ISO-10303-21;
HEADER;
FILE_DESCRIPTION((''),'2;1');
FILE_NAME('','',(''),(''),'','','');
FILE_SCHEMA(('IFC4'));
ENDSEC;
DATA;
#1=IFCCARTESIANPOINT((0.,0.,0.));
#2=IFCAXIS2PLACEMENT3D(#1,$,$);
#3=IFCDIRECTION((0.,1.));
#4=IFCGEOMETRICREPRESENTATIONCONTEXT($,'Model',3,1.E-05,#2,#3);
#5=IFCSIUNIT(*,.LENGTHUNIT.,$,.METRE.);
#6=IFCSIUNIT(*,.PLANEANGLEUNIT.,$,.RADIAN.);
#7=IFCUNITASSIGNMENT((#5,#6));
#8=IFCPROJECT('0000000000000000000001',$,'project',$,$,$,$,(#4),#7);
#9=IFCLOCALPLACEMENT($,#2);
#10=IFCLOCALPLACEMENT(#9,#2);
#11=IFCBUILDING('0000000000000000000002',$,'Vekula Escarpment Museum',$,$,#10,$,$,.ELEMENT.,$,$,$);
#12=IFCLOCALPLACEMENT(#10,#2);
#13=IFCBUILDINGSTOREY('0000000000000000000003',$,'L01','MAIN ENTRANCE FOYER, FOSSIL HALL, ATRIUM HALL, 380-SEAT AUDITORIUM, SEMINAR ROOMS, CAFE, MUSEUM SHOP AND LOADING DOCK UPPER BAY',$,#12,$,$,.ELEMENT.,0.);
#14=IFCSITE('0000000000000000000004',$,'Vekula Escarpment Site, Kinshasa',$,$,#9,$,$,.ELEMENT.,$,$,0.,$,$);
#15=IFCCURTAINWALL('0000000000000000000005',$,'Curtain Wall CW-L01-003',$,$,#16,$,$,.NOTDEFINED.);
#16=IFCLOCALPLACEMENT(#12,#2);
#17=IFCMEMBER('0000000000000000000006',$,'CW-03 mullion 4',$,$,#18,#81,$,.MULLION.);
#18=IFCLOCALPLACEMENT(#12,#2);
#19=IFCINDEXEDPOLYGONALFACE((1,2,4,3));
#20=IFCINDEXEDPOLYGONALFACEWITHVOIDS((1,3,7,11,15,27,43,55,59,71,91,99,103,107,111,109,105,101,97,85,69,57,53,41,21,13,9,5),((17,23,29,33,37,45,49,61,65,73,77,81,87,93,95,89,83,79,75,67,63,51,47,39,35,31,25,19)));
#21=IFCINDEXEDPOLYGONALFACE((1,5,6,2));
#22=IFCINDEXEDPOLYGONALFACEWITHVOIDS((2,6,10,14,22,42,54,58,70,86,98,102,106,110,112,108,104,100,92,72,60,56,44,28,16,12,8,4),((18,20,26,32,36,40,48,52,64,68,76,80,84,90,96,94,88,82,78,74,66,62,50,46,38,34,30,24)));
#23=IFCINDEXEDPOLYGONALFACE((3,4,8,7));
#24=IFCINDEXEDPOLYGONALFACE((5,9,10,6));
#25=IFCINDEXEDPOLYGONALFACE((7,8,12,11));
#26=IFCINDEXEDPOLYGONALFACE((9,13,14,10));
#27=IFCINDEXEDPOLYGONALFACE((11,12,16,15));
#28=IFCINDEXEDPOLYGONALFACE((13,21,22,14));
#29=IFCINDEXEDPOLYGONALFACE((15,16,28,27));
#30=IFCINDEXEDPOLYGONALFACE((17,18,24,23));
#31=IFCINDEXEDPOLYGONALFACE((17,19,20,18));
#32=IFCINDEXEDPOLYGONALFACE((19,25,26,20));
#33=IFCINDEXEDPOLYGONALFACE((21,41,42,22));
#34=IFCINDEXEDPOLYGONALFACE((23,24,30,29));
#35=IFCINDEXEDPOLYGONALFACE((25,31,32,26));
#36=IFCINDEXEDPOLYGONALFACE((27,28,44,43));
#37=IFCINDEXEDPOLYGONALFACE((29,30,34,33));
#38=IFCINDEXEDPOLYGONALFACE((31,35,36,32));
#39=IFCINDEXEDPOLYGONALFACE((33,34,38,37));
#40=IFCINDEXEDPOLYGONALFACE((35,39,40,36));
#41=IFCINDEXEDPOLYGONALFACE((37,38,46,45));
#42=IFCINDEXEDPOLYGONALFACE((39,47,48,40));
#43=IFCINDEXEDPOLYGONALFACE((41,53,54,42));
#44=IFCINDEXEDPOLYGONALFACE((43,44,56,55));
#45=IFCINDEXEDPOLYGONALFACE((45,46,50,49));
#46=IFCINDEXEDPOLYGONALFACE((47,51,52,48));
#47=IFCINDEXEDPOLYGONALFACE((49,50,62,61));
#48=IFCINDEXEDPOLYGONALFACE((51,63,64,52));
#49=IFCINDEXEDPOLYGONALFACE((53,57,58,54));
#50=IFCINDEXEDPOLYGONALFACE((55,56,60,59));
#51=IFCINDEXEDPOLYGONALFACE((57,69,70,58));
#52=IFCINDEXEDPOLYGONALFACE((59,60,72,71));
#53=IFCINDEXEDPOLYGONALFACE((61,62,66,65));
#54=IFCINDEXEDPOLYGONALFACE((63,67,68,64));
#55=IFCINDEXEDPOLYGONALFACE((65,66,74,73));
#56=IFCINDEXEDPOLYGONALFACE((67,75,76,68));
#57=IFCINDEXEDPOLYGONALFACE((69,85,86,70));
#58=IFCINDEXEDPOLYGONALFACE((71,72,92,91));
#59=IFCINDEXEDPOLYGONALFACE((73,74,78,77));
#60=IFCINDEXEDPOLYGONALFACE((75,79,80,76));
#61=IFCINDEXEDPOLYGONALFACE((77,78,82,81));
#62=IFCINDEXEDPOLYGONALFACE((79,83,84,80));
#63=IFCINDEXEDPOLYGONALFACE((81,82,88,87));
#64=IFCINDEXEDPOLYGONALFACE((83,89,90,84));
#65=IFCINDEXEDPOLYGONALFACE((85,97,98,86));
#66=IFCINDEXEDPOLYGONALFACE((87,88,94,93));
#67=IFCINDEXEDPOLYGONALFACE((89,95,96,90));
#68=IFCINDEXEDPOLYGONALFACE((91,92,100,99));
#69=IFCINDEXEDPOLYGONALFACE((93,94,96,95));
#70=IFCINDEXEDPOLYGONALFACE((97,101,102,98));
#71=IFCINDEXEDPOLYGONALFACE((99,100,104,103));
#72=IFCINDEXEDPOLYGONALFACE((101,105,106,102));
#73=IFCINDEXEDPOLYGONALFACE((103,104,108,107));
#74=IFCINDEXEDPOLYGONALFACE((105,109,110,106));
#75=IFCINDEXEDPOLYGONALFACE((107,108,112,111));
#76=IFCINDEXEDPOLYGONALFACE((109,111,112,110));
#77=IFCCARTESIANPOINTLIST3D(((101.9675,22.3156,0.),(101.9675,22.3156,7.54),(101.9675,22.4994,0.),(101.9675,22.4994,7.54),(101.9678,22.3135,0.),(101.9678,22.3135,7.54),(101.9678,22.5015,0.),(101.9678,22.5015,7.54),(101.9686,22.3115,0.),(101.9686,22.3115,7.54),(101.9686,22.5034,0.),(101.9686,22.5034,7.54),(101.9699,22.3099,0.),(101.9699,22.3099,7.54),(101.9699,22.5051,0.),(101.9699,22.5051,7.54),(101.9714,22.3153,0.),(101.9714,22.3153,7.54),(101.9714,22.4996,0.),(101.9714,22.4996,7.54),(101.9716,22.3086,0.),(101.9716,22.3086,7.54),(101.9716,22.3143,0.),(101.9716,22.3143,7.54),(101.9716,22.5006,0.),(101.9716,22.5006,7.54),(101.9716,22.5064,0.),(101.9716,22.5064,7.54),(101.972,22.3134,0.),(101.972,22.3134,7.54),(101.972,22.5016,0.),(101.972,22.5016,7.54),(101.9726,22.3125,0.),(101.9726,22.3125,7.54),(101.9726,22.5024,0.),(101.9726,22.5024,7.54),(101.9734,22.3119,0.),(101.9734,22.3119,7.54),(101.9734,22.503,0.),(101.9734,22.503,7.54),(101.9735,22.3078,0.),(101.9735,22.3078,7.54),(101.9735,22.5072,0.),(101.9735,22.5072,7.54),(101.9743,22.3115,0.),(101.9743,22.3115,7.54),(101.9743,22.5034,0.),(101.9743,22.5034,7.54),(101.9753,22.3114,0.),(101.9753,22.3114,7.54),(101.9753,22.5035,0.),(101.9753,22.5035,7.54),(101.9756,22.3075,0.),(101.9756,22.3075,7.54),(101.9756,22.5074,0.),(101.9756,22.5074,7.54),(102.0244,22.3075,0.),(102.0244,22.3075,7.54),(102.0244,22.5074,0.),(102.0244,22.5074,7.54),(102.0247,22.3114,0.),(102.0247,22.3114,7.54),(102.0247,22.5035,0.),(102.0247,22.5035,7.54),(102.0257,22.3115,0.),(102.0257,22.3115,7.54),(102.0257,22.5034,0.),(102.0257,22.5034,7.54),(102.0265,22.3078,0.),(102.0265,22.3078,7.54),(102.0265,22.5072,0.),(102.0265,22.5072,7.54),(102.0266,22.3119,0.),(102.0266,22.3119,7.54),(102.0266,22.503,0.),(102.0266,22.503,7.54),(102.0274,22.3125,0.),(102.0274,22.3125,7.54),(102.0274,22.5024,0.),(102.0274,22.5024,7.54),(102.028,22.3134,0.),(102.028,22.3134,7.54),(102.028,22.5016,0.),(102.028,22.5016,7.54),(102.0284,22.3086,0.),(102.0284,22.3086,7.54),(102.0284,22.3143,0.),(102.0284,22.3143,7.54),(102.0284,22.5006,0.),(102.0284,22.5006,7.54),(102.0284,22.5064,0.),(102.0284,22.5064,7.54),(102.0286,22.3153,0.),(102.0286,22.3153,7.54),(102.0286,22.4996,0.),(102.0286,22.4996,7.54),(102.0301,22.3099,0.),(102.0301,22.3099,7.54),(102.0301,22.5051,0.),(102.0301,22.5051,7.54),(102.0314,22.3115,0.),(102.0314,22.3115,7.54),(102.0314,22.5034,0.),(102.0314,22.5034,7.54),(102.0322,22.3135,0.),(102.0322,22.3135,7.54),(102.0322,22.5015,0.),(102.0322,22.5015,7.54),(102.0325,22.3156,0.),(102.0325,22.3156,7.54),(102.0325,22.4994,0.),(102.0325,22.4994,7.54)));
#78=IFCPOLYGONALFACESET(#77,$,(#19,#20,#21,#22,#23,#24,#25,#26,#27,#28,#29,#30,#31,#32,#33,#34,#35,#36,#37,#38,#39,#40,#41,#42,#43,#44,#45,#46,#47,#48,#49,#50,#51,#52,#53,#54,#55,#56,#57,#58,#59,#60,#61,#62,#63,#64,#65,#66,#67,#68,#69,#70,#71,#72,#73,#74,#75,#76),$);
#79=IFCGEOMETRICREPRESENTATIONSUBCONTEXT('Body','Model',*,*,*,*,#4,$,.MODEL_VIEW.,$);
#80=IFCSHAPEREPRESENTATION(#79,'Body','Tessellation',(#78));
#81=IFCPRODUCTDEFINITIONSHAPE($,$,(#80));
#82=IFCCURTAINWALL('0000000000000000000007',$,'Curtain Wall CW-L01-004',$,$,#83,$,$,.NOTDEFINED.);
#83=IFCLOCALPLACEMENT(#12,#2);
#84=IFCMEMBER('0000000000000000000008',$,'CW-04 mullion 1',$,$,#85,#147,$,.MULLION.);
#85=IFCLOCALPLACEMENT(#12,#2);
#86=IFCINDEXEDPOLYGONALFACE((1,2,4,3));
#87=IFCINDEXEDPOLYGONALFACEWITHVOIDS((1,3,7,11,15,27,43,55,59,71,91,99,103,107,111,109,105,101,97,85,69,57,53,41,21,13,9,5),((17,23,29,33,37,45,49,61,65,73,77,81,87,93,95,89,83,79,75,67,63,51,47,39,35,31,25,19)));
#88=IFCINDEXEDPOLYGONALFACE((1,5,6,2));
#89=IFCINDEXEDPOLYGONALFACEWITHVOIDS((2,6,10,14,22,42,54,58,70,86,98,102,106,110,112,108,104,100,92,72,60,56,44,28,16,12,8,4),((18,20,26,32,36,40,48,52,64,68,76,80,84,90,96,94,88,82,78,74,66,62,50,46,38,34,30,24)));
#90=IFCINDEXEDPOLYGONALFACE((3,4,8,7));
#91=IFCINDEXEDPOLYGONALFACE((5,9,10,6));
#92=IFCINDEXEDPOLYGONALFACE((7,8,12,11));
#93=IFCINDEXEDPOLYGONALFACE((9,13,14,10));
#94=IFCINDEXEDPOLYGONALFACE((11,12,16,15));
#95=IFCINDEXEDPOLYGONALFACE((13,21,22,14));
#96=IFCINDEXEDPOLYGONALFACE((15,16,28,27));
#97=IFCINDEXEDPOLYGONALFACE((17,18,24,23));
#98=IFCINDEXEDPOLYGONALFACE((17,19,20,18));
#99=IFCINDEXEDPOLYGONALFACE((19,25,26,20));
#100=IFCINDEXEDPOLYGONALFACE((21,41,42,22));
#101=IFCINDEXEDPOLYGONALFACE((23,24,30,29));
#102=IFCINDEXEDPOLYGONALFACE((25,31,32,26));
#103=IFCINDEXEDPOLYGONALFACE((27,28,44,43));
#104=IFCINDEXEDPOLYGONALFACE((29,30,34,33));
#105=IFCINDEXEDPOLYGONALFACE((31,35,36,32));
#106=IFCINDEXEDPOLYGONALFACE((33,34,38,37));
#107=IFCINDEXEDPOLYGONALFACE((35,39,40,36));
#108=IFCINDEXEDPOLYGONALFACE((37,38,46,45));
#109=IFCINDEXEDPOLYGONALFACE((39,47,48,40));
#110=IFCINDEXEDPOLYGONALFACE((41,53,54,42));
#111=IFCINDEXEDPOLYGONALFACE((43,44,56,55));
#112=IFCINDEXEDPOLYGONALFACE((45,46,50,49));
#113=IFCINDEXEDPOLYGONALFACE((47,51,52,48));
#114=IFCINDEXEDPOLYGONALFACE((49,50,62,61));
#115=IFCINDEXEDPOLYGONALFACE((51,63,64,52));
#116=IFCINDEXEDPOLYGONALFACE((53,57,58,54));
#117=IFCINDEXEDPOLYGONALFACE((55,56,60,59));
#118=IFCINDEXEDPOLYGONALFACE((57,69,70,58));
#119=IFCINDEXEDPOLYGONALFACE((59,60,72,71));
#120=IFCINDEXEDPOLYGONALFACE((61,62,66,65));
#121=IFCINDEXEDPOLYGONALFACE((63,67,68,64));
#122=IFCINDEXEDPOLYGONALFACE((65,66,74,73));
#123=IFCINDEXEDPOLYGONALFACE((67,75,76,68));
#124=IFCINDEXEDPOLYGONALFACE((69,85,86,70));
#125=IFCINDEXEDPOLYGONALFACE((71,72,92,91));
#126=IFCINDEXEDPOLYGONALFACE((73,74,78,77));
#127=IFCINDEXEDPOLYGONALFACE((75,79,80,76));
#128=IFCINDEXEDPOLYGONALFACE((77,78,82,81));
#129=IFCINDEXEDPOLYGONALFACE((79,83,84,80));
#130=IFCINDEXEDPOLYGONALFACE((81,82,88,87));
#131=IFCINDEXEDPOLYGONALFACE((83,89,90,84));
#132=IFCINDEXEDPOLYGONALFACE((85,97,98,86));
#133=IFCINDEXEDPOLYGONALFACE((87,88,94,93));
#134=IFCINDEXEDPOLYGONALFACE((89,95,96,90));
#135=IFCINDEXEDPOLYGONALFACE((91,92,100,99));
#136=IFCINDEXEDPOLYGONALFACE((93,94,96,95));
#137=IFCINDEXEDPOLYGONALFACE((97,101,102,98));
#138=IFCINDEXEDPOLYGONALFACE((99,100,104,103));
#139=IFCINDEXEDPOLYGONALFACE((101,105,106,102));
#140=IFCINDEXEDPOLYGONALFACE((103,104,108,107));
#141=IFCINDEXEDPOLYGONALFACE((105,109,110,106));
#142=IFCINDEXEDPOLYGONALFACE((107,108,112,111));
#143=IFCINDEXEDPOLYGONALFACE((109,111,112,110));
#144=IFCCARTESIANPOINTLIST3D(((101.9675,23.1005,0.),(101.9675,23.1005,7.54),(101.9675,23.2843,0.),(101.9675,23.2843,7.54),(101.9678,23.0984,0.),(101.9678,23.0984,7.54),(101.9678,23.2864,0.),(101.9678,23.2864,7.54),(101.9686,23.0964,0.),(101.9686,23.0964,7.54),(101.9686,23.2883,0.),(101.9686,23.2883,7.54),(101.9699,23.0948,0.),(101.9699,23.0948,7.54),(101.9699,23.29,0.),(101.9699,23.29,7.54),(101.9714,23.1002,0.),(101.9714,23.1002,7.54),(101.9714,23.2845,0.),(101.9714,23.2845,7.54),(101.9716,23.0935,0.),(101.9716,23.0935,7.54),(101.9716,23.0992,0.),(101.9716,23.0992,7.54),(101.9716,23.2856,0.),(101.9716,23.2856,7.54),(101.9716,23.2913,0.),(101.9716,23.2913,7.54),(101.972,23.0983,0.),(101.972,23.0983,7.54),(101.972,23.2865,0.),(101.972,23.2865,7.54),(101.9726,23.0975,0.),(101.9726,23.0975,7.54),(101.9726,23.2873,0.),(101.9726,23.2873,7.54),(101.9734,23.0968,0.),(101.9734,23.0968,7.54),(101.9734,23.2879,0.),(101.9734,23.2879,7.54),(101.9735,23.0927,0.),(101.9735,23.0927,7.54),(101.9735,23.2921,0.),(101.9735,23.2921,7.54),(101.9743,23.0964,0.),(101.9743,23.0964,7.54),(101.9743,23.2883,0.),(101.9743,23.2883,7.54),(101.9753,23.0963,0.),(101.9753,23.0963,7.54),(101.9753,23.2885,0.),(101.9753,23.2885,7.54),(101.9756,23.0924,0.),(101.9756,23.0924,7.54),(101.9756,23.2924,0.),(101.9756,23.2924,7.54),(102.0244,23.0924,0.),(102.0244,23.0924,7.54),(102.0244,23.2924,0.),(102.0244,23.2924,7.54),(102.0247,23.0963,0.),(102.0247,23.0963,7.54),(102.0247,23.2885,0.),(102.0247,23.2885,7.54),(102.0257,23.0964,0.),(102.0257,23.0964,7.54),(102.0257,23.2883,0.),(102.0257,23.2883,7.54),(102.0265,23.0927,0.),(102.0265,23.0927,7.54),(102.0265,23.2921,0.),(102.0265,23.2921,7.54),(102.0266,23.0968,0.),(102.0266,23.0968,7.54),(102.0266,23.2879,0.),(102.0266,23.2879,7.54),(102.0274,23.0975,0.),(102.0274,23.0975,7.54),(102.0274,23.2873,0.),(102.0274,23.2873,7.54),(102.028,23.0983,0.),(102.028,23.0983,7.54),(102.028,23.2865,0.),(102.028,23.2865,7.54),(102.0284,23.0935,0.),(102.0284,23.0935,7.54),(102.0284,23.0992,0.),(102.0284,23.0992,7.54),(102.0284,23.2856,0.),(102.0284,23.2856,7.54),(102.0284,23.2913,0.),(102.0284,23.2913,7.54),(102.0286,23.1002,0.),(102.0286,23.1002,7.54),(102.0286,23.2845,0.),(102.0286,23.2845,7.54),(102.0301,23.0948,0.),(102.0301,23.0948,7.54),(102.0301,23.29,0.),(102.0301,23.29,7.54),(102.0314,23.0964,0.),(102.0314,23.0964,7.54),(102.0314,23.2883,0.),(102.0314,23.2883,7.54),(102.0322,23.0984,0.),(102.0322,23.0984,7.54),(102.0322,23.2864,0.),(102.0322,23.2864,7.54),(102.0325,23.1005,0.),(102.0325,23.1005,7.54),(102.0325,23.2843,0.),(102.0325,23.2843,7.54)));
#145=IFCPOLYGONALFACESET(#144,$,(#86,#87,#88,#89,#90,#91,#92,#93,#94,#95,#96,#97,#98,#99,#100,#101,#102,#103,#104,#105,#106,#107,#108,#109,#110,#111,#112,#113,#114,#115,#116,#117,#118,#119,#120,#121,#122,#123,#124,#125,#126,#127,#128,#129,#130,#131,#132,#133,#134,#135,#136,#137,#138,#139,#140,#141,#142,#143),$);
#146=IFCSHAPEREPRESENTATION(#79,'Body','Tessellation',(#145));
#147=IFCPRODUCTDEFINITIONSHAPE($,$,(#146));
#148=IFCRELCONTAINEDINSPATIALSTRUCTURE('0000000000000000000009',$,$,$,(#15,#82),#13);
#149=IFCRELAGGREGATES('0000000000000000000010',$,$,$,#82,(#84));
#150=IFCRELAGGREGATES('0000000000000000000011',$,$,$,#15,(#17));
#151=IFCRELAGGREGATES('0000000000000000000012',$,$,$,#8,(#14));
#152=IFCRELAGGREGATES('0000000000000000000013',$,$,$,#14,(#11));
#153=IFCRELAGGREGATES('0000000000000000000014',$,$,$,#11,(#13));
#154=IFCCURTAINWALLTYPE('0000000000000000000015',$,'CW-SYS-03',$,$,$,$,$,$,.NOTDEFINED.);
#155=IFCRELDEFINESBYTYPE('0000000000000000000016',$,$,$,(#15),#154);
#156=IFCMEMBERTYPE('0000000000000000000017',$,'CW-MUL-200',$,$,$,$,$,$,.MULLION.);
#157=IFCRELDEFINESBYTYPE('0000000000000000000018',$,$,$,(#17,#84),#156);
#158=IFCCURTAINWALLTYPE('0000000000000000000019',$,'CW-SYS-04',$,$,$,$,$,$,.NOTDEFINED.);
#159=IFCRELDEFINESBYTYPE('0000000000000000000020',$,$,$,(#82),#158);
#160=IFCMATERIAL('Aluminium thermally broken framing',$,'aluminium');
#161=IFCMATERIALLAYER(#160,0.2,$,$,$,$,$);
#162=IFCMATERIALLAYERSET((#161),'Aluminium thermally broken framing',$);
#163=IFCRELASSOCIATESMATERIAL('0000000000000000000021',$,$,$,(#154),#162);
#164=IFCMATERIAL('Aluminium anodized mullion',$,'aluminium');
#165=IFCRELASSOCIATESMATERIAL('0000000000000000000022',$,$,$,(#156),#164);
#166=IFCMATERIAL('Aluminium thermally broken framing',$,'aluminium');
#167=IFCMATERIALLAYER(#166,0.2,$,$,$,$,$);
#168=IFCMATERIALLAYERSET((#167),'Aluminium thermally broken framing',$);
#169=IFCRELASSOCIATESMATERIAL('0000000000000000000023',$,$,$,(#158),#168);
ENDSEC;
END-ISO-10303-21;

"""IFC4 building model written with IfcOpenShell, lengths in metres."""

from ifc_helpers import new_model, si_unit, direction, frame, origin, origin_2d, place, context, subcontext, project, spatial, hollow_rectangle, extrude, material, layer, layer_set, material_profile, profile_set, type_object, element, aggregate, save


model = new_model("IFC4")

# Units and contexts
model_context = context("Model", 3, precision=1e-05, world=origin(), true_north=direction((0.0, 1.0)))
body_context = subcontext(model_context, "Body", "Model", "MODEL_VIEW")
ifc_project = project(units=[si_unit("LENGTHUNIT", "METRE"), si_unit("PLANEANGLEUNIT", "RADIAN")], contexts=[model_context])

# Site, building, storey
site_placement = place(None, origin())
site = spatial("IfcSite", under=ifc_project, at=site_placement, Name="Vekula Escarpment Site, Kinshasa", CompositionType="ELEMENT", RefElevation=0.0)
building_placement = place(site_placement, origin())
building = spatial("IfcBuilding", under=site, at=building_placement, Name="Vekula Escarpment Museum", CompositionType="ELEMENT")
storey_placement = place(building_placement, origin())
storey = spatial("IfcBuildingStorey", under=building, at=storey_placement, Name="L01", Description="MAIN ENTRANCE FOYER, FOSSIL HALL, ATRIUM HALL, 380-SEAT AUDITORIUM, SEMINAR ROOMS, CAFE, MUSEUM SHOP AND LOADING DOCK UPPER BAY", CompositionType="ELEMENT", Elevation=0.0)

# Curtain wall, member
ifc_material_1 = material(Name="Aluminium thermally broken framing", Category="aluminium")
ifc_layer_1 = layer(ifc_material_1, 0.2)
ifc_layer_set_1 = layer_set([ifc_layer_1], Name="Aluminium thermally broken framing")
curtain_wall_type_1 = type_object("IfcCurtainWallType", Name="CW-SYS-03", PredefinedType="NOTDEFINED", material=ifc_layer_set_1)
curtain_wall_1_placement = place(storey_placement, origin())
curtain_wall_1 = element("IfcCurtainWall", 1, at=curtain_wall_1_placement, inside=storey, type_object=curtain_wall_type_1, Name="Curtain Wall CW-L01-003", PredefinedType="NOTDEFINED")
ifc_material_2 = material(Name="Aluminium anodized mullion", Category="aluminium")
ifc_material_profile_1 = material_profile(ifc_material_2, hollow_rectangle(XDim=0.0649, YDim=0.2, WallThickness=0.0039, InnerFilletRadius=0.0039, OuterFilletRadius=0.0081, at=origin_2d()), Name="ALU 200x65x4")
ifc_profile_set_1 = profile_set([ifc_material_profile_1], Name="Aluminium anodized mullion")
member_type_1 = type_object("IfcMemberType", Name="CW-MUL-200", PredefinedType="MULLION", material=ifc_profile_set_1)
member_1_placement = place(storey_placement, frame((102.0, 22.4075, 0.0), z_axis=(0.0, 0.0, 1.0), x_axis=(-1.0, 0.0, 0.0)))
member_1 = element("IfcMember", 2, at=member_1_placement, type_object=member_type_1, Name="CW-03 mullion 4", PredefinedType="MULLION", context=body_context, shape_type="SweptSolid", body=[
    extrude(hollow_rectangle(XDim=0.0649, YDim=0.2, WallThickness=0.0039, InnerFilletRadius=0.0039, OuterFilletRadius=0.0081, at=origin_2d()), origin(), (0.0, 0.0, 1.0), 7.54),
])

# Curtain wall, member
ifc_material_3 = material(Name="Aluminium thermally broken framing", Category="aluminium")
ifc_layer_2 = layer(ifc_material_3, 0.2)
ifc_layer_set_2 = layer_set([ifc_layer_2], Name="Aluminium thermally broken framing")
curtain_wall_type_2 = type_object("IfcCurtainWallType", Name="CW-SYS-04", PredefinedType="NOTDEFINED", material=ifc_layer_set_2)
curtain_wall_2_placement = place(storey_placement, origin())
curtain_wall_2 = element("IfcCurtainWall", 3, at=curtain_wall_2_placement, inside=storey, type_object=curtain_wall_type_2, Name="Curtain Wall CW-L01-004", PredefinedType="NOTDEFINED")
member_2_placement = place(storey_placement, frame((102.0, 23.1924, 0.0), z_axis=(0.0, 0.0, 1.0), x_axis=(-1.0, 0.0, 0.0)))
member_2 = element("IfcMember", 4, at=member_2_placement, type_object=member_type_1, Name="CW-04 mullion 1", PredefinedType="MULLION", context=body_context, shape_type="SweptSolid", body=[
    extrude(hollow_rectangle(XDim=0.0649, YDim=0.2, WallThickness=0.0039, InnerFilletRadius=0.0039, OuterFilletRadius=0.0081, at=origin_2d()), origin(), (0.0, 0.0, 1.0), 7.54),
])

aggregate(curtain_wall_2, [member_2])

aggregate(curtain_wall_1, [member_1])

save(model, "model.ifc")
